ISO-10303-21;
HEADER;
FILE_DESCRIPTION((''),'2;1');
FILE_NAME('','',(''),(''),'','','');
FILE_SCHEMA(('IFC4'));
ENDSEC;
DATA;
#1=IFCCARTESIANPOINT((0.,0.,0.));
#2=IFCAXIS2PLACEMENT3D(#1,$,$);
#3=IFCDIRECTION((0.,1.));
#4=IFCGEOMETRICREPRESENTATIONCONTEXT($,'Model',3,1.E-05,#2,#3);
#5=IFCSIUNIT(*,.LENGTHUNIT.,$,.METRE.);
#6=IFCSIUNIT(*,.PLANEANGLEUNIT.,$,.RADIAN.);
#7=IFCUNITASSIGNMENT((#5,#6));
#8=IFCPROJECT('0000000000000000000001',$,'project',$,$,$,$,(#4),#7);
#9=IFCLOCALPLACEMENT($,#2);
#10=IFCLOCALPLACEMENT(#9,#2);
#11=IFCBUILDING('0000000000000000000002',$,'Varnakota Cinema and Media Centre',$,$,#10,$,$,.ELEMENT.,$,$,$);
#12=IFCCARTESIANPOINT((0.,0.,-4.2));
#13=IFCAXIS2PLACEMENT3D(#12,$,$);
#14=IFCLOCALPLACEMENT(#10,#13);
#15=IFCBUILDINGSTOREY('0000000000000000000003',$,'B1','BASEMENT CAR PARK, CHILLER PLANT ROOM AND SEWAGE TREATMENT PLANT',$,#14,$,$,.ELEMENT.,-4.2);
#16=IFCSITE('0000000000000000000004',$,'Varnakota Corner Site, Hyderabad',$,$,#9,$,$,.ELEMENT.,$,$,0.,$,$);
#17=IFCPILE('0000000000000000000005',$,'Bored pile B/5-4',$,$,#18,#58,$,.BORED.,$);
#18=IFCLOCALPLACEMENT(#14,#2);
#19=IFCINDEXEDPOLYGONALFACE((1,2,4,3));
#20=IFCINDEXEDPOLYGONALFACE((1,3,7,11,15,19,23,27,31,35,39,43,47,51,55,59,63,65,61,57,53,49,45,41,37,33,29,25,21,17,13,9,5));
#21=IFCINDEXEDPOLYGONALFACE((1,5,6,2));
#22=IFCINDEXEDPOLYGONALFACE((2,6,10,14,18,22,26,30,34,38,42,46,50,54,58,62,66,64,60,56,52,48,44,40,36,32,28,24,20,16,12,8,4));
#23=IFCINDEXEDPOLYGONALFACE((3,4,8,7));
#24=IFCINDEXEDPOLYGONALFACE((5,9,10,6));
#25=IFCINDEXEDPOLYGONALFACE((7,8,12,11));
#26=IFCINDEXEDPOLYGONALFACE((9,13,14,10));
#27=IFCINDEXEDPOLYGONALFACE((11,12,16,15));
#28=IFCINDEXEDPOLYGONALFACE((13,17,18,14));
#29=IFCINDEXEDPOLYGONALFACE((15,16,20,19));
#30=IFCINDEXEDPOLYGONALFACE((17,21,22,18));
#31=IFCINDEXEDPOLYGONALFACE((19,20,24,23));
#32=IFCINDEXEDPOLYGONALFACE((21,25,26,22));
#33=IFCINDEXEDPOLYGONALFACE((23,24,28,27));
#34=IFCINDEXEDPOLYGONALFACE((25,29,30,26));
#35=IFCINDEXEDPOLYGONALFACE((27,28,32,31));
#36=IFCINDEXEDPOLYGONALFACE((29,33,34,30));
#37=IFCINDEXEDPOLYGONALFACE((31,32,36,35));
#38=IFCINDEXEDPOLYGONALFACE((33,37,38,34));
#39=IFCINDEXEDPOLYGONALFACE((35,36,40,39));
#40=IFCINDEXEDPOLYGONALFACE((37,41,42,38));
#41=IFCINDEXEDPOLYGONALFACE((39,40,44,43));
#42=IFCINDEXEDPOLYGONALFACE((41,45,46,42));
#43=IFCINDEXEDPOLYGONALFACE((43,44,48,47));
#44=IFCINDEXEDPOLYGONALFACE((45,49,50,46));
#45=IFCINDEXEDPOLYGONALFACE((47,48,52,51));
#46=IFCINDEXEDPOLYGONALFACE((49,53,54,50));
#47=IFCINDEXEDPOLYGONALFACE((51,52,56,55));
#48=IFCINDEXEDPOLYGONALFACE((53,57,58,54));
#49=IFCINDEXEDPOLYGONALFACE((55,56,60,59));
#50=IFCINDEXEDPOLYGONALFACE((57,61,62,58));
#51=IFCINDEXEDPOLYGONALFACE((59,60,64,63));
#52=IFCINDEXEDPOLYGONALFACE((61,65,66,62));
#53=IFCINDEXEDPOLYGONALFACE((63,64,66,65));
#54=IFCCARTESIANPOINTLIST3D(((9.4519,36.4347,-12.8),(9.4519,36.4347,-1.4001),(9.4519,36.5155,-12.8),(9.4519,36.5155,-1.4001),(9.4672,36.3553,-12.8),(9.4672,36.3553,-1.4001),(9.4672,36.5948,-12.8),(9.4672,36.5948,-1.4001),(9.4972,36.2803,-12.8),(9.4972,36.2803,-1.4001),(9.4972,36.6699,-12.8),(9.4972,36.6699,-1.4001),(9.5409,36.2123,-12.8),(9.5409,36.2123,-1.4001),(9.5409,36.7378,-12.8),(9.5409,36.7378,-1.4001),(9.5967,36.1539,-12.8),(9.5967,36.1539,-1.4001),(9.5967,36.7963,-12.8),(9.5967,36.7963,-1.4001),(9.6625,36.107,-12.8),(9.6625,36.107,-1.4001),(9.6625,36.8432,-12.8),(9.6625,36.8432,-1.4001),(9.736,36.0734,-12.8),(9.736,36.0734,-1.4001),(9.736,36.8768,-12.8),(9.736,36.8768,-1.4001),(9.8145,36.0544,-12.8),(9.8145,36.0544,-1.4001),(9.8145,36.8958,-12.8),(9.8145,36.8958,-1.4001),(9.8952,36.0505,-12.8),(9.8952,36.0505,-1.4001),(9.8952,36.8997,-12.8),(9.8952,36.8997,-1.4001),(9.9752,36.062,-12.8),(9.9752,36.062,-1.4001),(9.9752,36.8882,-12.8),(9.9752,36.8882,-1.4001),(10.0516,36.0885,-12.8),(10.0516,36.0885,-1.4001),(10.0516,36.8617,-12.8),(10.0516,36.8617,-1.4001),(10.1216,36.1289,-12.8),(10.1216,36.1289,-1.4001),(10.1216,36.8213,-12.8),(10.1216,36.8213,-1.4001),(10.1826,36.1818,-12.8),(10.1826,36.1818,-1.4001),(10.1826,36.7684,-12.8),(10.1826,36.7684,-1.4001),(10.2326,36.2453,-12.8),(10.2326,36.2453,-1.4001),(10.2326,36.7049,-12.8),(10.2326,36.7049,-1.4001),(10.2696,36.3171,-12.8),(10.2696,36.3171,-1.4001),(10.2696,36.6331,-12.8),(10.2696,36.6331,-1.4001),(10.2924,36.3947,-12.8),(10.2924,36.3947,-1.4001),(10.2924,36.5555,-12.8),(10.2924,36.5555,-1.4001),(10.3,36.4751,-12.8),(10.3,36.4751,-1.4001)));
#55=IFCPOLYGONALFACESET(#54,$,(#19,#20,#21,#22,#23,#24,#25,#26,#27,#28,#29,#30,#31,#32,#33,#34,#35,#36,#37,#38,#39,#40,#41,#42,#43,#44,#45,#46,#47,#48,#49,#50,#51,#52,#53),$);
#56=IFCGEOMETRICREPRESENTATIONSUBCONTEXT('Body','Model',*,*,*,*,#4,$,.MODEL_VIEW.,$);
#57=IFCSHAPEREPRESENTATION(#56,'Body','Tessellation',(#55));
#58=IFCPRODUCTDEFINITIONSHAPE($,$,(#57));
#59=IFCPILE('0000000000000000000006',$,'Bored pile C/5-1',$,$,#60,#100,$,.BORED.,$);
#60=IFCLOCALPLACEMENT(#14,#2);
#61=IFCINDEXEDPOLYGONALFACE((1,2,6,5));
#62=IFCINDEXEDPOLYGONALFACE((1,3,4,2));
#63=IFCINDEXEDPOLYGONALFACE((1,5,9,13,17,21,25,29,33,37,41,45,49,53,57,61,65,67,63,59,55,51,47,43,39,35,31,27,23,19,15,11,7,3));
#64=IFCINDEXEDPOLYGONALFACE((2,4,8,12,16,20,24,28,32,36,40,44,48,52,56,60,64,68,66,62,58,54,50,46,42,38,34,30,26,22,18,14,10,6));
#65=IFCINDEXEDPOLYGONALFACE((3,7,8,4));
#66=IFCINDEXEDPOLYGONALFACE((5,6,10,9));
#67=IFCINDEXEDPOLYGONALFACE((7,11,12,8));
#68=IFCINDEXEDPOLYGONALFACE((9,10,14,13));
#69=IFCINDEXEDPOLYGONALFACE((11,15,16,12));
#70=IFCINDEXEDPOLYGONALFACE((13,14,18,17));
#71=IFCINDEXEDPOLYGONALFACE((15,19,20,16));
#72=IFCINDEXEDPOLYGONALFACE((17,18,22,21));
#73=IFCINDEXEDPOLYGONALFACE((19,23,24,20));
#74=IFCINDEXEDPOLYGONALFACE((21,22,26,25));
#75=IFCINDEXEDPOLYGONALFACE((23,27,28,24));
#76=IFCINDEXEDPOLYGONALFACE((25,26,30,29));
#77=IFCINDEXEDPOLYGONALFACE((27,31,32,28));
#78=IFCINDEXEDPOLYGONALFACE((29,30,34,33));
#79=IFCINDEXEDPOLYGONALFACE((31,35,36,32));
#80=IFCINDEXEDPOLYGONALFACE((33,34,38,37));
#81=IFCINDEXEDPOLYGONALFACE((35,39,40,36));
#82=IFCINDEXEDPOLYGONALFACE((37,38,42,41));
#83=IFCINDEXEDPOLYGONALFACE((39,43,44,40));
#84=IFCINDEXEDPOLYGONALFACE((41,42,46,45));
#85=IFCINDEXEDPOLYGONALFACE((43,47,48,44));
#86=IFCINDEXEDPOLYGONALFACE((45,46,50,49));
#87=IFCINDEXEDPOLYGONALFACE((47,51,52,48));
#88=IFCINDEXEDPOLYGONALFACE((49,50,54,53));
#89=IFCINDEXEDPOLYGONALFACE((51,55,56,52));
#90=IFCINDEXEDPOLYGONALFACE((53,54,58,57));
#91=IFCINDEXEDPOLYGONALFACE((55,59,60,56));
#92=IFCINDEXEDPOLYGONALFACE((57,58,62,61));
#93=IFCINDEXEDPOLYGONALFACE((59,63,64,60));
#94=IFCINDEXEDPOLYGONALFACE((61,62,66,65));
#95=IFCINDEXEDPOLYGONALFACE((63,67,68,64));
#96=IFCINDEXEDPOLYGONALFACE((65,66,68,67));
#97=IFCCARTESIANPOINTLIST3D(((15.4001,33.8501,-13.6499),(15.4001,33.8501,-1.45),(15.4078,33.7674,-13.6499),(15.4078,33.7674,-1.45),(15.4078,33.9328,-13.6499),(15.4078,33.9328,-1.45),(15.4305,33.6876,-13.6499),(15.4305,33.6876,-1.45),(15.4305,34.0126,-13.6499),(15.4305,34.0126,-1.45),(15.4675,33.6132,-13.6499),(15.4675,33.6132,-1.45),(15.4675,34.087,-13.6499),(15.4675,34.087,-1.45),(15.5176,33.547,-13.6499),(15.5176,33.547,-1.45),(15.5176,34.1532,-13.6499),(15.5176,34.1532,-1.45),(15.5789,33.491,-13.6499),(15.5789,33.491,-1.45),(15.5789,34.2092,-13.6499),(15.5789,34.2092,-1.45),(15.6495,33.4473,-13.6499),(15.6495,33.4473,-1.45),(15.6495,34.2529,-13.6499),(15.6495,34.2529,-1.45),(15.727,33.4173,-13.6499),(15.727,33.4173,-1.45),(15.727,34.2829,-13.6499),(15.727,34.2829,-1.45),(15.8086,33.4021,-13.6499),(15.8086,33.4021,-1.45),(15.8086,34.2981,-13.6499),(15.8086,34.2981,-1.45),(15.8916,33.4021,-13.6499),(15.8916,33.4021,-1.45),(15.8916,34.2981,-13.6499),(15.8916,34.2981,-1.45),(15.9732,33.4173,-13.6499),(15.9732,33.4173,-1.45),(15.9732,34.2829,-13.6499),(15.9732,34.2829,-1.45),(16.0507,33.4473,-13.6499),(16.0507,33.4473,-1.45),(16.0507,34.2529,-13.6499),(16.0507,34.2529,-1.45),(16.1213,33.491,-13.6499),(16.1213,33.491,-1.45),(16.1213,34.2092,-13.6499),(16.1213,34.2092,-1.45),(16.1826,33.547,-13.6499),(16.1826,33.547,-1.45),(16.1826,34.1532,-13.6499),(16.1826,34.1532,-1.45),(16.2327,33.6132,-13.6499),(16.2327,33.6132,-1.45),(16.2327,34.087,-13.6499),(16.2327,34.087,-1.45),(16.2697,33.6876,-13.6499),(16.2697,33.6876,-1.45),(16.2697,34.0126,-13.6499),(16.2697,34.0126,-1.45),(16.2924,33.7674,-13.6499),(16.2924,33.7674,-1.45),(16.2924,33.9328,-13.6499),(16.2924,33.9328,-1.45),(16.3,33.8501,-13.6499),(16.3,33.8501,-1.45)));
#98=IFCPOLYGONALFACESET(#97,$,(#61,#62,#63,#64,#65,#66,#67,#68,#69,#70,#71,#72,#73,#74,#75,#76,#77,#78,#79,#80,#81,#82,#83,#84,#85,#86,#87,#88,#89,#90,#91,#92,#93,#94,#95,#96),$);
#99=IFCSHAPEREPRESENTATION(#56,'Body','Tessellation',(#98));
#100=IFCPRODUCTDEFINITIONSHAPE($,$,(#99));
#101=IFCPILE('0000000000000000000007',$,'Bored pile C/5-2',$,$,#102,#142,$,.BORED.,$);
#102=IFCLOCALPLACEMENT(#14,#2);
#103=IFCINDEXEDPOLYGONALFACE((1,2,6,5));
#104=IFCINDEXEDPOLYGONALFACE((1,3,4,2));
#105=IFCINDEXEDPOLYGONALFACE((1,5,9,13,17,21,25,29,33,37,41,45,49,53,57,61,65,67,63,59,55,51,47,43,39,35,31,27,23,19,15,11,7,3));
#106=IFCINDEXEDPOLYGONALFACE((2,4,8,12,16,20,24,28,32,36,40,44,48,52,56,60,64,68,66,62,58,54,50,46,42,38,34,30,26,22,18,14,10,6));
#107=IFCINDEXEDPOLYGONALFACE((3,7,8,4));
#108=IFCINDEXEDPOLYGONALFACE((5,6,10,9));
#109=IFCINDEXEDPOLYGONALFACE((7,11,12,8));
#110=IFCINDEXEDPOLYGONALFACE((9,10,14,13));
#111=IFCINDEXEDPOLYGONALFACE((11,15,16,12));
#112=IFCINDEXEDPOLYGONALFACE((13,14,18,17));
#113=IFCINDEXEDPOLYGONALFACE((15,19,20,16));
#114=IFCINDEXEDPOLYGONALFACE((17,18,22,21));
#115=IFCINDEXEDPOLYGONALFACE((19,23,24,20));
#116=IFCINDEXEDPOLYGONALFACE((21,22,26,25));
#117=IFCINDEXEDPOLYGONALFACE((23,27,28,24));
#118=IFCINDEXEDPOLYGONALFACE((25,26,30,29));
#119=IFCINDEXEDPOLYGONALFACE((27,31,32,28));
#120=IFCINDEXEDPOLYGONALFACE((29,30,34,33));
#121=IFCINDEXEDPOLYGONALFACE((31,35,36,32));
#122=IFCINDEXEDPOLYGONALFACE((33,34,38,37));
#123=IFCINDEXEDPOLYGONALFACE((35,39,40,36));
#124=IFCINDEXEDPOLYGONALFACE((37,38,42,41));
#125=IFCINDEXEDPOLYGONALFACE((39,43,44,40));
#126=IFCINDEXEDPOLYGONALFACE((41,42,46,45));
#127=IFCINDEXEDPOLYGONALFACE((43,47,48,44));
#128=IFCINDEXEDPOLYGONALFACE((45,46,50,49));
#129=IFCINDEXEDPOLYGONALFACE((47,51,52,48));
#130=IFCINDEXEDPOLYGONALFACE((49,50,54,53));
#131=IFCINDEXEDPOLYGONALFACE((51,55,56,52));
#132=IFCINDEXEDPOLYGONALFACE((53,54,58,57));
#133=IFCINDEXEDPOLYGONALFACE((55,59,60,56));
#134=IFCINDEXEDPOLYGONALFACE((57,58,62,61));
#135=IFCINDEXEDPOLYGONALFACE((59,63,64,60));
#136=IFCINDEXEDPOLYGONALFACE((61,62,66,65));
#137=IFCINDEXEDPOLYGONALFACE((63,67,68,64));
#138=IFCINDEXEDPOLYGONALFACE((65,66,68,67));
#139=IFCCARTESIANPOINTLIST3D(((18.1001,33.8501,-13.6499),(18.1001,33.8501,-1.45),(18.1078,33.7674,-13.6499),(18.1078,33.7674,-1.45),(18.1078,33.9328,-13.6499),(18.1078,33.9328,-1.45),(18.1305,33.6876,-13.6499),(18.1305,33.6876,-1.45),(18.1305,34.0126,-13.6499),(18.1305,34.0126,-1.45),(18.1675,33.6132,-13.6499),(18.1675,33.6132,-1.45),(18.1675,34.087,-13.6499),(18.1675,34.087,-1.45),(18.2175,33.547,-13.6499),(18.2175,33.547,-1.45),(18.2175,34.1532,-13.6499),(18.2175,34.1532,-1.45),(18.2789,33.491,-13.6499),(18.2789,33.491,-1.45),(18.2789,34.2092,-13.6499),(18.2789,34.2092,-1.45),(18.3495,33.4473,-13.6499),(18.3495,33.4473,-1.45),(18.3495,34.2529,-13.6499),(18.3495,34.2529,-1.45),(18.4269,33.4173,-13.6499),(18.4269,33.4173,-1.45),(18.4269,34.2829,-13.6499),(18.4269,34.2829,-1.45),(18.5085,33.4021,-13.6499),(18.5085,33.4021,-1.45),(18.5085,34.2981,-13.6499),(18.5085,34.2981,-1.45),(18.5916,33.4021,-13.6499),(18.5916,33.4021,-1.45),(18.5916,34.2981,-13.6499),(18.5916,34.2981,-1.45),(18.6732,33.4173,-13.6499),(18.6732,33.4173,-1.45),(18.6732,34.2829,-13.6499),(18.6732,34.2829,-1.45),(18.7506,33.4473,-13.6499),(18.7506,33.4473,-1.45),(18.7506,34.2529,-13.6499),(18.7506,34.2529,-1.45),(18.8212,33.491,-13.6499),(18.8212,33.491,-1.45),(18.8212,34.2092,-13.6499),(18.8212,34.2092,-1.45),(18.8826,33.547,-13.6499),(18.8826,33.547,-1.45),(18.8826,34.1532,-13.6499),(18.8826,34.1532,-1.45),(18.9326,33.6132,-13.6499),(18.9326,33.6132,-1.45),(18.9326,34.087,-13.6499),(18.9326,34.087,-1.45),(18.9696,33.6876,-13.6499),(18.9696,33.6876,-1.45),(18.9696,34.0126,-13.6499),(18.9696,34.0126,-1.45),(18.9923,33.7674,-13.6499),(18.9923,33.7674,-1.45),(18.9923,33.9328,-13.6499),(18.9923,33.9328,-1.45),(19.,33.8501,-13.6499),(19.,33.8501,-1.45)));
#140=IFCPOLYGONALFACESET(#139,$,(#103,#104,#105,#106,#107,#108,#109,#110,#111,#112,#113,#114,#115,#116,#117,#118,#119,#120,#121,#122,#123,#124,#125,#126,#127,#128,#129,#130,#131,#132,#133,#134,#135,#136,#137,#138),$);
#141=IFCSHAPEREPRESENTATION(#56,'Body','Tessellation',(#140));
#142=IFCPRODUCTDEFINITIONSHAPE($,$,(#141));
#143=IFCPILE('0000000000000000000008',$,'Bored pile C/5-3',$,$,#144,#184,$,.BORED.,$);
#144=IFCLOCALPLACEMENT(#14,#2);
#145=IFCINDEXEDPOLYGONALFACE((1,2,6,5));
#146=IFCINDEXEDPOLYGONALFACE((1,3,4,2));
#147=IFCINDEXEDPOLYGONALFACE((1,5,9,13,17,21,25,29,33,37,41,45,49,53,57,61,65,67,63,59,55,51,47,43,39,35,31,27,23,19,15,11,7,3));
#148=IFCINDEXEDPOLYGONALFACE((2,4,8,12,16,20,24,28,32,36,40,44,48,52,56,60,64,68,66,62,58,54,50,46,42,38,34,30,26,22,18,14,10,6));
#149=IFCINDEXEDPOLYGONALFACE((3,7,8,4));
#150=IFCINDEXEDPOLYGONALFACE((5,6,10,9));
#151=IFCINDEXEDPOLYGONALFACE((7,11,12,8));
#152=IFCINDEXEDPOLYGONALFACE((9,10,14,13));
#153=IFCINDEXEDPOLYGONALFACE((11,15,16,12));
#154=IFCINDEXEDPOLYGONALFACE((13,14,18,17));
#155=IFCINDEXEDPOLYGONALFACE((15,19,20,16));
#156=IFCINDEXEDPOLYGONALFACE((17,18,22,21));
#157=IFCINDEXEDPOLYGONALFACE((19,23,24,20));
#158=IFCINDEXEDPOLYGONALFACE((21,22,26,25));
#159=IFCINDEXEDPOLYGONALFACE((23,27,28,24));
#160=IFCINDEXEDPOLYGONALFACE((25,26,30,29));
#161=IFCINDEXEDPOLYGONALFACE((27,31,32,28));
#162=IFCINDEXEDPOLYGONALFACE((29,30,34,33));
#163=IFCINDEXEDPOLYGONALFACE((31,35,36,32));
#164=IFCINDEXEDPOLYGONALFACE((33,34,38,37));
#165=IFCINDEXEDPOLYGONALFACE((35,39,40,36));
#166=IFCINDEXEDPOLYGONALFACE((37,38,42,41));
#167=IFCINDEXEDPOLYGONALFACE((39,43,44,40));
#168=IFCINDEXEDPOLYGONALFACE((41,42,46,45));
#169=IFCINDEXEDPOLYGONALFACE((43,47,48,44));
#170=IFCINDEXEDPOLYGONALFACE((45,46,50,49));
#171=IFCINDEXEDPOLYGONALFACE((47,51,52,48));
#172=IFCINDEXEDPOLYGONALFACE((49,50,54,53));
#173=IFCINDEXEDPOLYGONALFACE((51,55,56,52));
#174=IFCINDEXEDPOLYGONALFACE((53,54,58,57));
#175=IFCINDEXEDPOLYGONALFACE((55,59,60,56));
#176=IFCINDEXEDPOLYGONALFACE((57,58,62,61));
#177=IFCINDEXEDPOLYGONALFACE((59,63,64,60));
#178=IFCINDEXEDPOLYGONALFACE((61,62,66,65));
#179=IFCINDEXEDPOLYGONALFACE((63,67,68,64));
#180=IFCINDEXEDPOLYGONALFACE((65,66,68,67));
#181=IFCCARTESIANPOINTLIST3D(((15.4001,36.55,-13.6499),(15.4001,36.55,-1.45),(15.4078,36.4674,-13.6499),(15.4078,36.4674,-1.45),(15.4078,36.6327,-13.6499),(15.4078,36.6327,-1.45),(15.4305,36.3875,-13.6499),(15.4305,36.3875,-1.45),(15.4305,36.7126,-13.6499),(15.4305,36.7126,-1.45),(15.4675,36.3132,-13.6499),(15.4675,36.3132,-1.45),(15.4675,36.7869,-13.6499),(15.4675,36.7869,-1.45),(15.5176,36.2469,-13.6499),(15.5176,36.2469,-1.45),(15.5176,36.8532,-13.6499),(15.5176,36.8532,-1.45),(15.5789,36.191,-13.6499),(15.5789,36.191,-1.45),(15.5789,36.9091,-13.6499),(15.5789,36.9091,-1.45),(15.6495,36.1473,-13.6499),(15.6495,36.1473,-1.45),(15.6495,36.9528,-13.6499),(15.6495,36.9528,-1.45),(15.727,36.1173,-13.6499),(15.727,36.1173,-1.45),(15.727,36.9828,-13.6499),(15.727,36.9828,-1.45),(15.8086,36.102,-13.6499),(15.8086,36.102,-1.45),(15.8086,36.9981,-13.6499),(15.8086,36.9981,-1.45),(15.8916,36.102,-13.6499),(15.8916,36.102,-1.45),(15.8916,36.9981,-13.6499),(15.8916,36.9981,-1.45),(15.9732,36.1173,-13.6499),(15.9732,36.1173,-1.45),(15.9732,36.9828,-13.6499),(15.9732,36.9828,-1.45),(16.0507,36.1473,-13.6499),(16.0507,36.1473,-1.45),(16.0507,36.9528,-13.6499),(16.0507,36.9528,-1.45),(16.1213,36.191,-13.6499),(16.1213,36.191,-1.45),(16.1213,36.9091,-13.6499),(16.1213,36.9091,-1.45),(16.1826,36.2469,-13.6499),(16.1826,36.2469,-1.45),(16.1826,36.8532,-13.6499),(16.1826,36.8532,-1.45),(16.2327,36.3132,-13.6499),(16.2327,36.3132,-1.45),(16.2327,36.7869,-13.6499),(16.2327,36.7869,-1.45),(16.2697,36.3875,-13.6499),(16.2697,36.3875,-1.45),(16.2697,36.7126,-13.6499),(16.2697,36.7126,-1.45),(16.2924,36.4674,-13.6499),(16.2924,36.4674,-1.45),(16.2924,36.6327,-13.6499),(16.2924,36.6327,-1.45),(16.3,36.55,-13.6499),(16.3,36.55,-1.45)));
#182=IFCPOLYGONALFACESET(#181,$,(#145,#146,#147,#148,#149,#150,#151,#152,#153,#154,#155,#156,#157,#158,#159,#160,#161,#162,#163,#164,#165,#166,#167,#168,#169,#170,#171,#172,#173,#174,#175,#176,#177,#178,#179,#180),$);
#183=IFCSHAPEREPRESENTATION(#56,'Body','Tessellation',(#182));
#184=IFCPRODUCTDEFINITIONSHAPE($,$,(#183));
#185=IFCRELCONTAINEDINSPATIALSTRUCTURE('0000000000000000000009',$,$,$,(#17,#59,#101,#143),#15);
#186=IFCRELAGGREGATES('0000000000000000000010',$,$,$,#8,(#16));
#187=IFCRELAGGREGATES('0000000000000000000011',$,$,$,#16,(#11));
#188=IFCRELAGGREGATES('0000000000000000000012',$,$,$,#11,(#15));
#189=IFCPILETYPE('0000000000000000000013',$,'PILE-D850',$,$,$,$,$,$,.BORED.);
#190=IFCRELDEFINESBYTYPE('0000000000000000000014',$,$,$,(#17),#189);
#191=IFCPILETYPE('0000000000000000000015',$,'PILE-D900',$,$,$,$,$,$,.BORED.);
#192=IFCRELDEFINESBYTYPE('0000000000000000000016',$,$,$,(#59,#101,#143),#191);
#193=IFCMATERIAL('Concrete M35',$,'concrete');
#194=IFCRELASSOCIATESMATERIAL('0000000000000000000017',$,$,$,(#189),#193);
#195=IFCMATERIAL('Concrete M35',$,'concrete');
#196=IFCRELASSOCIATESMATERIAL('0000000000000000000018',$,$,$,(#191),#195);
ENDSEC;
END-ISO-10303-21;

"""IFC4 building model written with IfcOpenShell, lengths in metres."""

from ifc_helpers import new_model, si_unit, direction, frame, origin, origin_2d, place, context, subcontext, project, spatial, circle, extrude, material, material_profile, profile_set, type_object, element, save


model = new_model("IFC4")

# Units and contexts
model_context = context("Model", 3, precision=1e-05, world=origin(), true_north=direction((0.0, 1.0)))
body_context = subcontext(model_context, "Body", "Model", "MODEL_VIEW")
ifc_project = project(units=[si_unit("LENGTHUNIT", "METRE"), si_unit("PLANEANGLEUNIT", "RADIAN")], contexts=[model_context])

# Site, building, storey
site_placement = place(None, origin())
site = spatial("IfcSite", under=ifc_project, at=site_placement, Name="Varnakota Corner Site, Hyderabad", CompositionType="ELEMENT", RefElevation=0.0)
building_placement = place(site_placement, origin())
building = spatial("IfcBuilding", under=site, at=building_placement, Name="Varnakota Cinema and Media Centre", CompositionType="ELEMENT")
storey_placement = place(building_placement, frame((0.0, 0.0, -4.2)))
storey = spatial("IfcBuildingStorey", under=building, at=storey_placement, Name="B1", Description="BASEMENT CAR PARK, CHILLER PLANT ROOM AND SEWAGE TREATMENT PLANT", CompositionType="ELEMENT", Elevation=-4.2)

# Piles
ifc_material_1 = material(Name="Concrete M35", Category="concrete")
ifc_material_profile_1 = material_profile(ifc_material_1, circle(Radius=0.425, at=origin_2d()), Name="PILE D850")
ifc_profile_set_1 = profile_set([ifc_material_profile_1], Name="Concrete M35")
pile_type_1 = type_object("IfcPileType", Name="PILE-D850", PredefinedType="BORED", material=ifc_profile_set_1)
for number, where, z_axis, x_axis, name in (
    (1, (9.875, 36.4751, -1.4001), (0.0, 0.0, -1.0), (1.0, 0.0, 0.0), "Bored pile B/5-4"),
):
    element("IfcPile", number, at=place(storey_placement, frame(where, z_axis=z_axis, x_axis=x_axis)), inside=storey, type_object=pile_type_1, Name=name, PredefinedType="BORED", context=body_context, shape_type="SweptSolid", body=[
        extrude(circle(Radius=0.425, at=origin_2d()), origin(), (0.0, 0.0, 1.0), 11.3999),
    ])
ifc_material_2 = material(Name="Concrete M35", Category="concrete")
ifc_material_profile_2 = material_profile(ifc_material_2, circle(Radius=0.45, at=origin_2d()), Name="PILE D900")
ifc_profile_set_2 = profile_set([ifc_material_profile_2], Name="Concrete M35")
pile_type_2 = type_object("IfcPileType", Name="PILE-D900", PredefinedType="BORED", material=ifc_profile_set_2)
for number, where, z_axis, x_axis, name in (
    (2, (15.8501, 33.8501, -1.45), (0.0, 0.0, -1.0), (1.0, 0.0, 0.0), "Bored pile C/5-1"),
    (3, (18.55, 33.8501, -1.45), (0.0, 0.0, -1.0), (1.0, 0.0, 0.0), "Bored pile C/5-2"),
    (4, (15.8501, 36.55, -1.45), (0.0, 0.0, -1.0), (1.0, 0.0, 0.0), "Bored pile C/5-3"),
):
    element("IfcPile", number, at=place(storey_placement, frame(where, z_axis=z_axis, x_axis=x_axis)), inside=storey, type_object=pile_type_2, Name=name, PredefinedType="BORED", context=body_context, shape_type="SweptSolid", body=[
        extrude(circle(Radius=0.45, at=origin_2d()), origin(), (0.0, 0.0, 1.0), 12.2),
    ])

save(model, "model.ifc")
